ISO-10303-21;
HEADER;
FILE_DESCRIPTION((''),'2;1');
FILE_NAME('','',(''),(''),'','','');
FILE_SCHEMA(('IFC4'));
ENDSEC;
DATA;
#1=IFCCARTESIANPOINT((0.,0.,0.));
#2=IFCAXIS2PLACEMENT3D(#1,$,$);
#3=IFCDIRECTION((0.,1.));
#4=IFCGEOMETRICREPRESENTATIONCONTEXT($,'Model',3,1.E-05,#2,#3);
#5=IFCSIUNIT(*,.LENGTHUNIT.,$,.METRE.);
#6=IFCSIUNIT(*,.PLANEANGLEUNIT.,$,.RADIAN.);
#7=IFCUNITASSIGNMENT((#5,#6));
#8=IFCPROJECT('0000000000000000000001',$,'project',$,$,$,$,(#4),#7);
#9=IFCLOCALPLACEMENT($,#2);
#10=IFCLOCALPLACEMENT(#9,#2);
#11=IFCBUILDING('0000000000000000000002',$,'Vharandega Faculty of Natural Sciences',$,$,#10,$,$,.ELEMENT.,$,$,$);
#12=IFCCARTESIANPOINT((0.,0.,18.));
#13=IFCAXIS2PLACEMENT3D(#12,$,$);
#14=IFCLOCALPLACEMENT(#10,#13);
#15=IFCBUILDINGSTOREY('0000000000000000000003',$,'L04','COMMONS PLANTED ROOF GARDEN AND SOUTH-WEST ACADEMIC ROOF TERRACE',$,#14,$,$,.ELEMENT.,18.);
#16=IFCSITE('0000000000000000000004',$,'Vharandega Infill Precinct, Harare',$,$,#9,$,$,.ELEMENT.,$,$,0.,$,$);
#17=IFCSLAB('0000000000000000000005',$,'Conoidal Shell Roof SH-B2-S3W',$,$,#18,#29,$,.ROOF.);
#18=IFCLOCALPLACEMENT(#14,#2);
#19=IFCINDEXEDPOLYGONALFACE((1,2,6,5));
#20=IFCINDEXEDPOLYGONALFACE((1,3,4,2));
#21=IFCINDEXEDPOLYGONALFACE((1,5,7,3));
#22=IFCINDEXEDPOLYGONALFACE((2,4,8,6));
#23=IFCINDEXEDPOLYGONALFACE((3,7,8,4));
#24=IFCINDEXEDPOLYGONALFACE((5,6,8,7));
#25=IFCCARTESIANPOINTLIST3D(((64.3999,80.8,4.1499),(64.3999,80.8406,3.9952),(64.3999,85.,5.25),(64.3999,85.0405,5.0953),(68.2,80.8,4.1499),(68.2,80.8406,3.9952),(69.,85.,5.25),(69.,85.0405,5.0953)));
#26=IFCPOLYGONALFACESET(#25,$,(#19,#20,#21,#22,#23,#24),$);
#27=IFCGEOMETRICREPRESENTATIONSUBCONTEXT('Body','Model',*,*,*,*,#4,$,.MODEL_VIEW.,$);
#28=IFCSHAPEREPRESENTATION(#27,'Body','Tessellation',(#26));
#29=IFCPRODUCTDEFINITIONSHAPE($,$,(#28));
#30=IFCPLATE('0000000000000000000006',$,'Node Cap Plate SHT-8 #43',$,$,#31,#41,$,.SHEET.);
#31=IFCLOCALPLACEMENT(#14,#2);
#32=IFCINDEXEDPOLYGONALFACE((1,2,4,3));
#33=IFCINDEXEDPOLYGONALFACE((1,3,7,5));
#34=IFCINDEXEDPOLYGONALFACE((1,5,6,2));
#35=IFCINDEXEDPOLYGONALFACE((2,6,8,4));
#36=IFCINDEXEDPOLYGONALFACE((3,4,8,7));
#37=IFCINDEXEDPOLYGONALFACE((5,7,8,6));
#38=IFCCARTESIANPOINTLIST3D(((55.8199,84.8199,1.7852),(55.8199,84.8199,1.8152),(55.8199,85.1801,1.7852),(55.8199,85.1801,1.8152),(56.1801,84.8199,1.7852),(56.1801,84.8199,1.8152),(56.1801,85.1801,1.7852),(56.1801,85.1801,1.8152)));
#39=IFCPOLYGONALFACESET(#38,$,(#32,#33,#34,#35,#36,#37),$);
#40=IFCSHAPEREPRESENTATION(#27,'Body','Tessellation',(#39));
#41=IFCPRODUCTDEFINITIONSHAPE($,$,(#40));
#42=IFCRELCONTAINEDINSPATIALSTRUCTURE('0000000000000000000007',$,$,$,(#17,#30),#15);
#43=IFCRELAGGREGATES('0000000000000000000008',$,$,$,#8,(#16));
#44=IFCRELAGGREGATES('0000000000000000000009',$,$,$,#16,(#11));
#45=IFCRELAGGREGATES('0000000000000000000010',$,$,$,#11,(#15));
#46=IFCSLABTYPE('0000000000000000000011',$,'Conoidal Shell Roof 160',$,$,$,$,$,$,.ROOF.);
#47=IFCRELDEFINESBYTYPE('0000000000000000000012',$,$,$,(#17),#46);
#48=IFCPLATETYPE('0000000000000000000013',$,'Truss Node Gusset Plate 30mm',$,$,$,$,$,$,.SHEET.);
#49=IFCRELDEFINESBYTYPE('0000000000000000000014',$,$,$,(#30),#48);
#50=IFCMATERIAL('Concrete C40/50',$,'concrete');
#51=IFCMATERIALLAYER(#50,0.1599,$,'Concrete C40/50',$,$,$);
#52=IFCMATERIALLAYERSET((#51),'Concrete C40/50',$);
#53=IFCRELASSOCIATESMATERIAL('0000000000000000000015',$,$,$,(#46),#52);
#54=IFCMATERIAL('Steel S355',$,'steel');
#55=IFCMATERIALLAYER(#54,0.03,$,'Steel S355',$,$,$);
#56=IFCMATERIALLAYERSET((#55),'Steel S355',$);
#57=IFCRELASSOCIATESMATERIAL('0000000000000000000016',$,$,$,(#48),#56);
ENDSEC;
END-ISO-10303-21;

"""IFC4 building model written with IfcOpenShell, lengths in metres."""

from ifc_helpers import new_model, si_unit, direction, frame, origin, origin_2d, place, context, subcontext, project, spatial, polyline, rectangle, outline, extrude, material, layer, layer_set, type_object, element, save


model = new_model("IFC4")

# Units and contexts
model_context = context("Model", 3, precision=1e-05, world=origin(), true_north=direction((0.0, 1.0)))
body_context = subcontext(model_context, "Body", "Model", "MODEL_VIEW")
ifc_project = project(units=[si_unit("LENGTHUNIT", "METRE"), si_unit("PLANEANGLEUNIT", "RADIAN")], contexts=[model_context])

# Site, building, storey
site_placement = place(None, origin())
site = spatial("IfcSite", under=ifc_project, at=site_placement, Name="Vharandega Infill Precinct, Harare", CompositionType="ELEMENT", RefElevation=0.0)
building_placement = place(site_placement, origin())
building = spatial("IfcBuilding", under=site, at=building_placement, Name="Vharandega Faculty of Natural Sciences", CompositionType="ELEMENT")
storey_placement = place(building_placement, frame((0.0, 0.0, 18.0)))
storey = spatial("IfcBuildingStorey", under=building, at=storey_placement, Name="L04", Description="COMMONS PLANTED ROOF GARDEN AND SOUTH-WEST ACADEMIC ROOF TERRACE", CompositionType="ELEMENT", Elevation=18.0)

# Slab
ifc_material_1 = material(Name="Concrete C40/50", Category="concrete")
ifc_layer_1 = layer(ifc_material_1, 0.1599, Name="Concrete C40/50")
ifc_layer_set_1 = layer_set([ifc_layer_1], Name="Concrete C40/50")
slab_type = type_object("IfcSlabType", Name="Conoidal Shell Roof 160", PredefinedType="ROOF", material=ifc_layer_set_1)
slab_1_placement = place(storey_placement, frame((64.3999, 80.8, 4.1499), z_axis=(0.0, -0.253383, 0.967366), x_axis=(1.0, 0.0, 0.0)))
element("IfcSlab", 1, at=slab_1_placement, inside=storey, type_object=slab_type, Name="Conoidal Shell Roof SH-B2-S3W", PredefinedType="ROOF", context=body_context, shape_type="SweptSolid", body=[
    extrude(outline(polyline([(0.0, 0.0), (3.8, 0.0), (4.6001, 4.3416), (0.0, 4.3416), (0.0, 0.0)])), origin(), (0.0, 0.0, -1.0), 0.1599),
])

# Plate
ifc_material_2 = material(Name="Steel S355", Category="steel")
ifc_layer_2 = layer(ifc_material_2, 0.03, Name="Steel S355")
ifc_layer_set_2 = layer_set([ifc_layer_2], Name="Steel S355")
plate_type = type_object("IfcPlateType", Name="Truss Node Gusset Plate 30mm", PredefinedType="SHEET", material=ifc_layer_set_2)
plate_placement = place(storey_placement, frame((56.0, 85.0, 1.7852), z_axis=(0.0, 0.0, 1.0), x_axis=(1.0, 0.0, 0.0)))
element("IfcPlate", 2, at=plate_placement, inside=storey, type_object=plate_type, Name="Node Cap Plate SHT-8 #43", PredefinedType="SHEET", context=body_context, shape_type="SweptSolid", body=[
    extrude(rectangle(XDim=0.3601, YDim=0.3601, at=origin_2d()), origin(), (0.0, 0.0, 1.0), 0.03),
])

save(model, "model.ifc")
